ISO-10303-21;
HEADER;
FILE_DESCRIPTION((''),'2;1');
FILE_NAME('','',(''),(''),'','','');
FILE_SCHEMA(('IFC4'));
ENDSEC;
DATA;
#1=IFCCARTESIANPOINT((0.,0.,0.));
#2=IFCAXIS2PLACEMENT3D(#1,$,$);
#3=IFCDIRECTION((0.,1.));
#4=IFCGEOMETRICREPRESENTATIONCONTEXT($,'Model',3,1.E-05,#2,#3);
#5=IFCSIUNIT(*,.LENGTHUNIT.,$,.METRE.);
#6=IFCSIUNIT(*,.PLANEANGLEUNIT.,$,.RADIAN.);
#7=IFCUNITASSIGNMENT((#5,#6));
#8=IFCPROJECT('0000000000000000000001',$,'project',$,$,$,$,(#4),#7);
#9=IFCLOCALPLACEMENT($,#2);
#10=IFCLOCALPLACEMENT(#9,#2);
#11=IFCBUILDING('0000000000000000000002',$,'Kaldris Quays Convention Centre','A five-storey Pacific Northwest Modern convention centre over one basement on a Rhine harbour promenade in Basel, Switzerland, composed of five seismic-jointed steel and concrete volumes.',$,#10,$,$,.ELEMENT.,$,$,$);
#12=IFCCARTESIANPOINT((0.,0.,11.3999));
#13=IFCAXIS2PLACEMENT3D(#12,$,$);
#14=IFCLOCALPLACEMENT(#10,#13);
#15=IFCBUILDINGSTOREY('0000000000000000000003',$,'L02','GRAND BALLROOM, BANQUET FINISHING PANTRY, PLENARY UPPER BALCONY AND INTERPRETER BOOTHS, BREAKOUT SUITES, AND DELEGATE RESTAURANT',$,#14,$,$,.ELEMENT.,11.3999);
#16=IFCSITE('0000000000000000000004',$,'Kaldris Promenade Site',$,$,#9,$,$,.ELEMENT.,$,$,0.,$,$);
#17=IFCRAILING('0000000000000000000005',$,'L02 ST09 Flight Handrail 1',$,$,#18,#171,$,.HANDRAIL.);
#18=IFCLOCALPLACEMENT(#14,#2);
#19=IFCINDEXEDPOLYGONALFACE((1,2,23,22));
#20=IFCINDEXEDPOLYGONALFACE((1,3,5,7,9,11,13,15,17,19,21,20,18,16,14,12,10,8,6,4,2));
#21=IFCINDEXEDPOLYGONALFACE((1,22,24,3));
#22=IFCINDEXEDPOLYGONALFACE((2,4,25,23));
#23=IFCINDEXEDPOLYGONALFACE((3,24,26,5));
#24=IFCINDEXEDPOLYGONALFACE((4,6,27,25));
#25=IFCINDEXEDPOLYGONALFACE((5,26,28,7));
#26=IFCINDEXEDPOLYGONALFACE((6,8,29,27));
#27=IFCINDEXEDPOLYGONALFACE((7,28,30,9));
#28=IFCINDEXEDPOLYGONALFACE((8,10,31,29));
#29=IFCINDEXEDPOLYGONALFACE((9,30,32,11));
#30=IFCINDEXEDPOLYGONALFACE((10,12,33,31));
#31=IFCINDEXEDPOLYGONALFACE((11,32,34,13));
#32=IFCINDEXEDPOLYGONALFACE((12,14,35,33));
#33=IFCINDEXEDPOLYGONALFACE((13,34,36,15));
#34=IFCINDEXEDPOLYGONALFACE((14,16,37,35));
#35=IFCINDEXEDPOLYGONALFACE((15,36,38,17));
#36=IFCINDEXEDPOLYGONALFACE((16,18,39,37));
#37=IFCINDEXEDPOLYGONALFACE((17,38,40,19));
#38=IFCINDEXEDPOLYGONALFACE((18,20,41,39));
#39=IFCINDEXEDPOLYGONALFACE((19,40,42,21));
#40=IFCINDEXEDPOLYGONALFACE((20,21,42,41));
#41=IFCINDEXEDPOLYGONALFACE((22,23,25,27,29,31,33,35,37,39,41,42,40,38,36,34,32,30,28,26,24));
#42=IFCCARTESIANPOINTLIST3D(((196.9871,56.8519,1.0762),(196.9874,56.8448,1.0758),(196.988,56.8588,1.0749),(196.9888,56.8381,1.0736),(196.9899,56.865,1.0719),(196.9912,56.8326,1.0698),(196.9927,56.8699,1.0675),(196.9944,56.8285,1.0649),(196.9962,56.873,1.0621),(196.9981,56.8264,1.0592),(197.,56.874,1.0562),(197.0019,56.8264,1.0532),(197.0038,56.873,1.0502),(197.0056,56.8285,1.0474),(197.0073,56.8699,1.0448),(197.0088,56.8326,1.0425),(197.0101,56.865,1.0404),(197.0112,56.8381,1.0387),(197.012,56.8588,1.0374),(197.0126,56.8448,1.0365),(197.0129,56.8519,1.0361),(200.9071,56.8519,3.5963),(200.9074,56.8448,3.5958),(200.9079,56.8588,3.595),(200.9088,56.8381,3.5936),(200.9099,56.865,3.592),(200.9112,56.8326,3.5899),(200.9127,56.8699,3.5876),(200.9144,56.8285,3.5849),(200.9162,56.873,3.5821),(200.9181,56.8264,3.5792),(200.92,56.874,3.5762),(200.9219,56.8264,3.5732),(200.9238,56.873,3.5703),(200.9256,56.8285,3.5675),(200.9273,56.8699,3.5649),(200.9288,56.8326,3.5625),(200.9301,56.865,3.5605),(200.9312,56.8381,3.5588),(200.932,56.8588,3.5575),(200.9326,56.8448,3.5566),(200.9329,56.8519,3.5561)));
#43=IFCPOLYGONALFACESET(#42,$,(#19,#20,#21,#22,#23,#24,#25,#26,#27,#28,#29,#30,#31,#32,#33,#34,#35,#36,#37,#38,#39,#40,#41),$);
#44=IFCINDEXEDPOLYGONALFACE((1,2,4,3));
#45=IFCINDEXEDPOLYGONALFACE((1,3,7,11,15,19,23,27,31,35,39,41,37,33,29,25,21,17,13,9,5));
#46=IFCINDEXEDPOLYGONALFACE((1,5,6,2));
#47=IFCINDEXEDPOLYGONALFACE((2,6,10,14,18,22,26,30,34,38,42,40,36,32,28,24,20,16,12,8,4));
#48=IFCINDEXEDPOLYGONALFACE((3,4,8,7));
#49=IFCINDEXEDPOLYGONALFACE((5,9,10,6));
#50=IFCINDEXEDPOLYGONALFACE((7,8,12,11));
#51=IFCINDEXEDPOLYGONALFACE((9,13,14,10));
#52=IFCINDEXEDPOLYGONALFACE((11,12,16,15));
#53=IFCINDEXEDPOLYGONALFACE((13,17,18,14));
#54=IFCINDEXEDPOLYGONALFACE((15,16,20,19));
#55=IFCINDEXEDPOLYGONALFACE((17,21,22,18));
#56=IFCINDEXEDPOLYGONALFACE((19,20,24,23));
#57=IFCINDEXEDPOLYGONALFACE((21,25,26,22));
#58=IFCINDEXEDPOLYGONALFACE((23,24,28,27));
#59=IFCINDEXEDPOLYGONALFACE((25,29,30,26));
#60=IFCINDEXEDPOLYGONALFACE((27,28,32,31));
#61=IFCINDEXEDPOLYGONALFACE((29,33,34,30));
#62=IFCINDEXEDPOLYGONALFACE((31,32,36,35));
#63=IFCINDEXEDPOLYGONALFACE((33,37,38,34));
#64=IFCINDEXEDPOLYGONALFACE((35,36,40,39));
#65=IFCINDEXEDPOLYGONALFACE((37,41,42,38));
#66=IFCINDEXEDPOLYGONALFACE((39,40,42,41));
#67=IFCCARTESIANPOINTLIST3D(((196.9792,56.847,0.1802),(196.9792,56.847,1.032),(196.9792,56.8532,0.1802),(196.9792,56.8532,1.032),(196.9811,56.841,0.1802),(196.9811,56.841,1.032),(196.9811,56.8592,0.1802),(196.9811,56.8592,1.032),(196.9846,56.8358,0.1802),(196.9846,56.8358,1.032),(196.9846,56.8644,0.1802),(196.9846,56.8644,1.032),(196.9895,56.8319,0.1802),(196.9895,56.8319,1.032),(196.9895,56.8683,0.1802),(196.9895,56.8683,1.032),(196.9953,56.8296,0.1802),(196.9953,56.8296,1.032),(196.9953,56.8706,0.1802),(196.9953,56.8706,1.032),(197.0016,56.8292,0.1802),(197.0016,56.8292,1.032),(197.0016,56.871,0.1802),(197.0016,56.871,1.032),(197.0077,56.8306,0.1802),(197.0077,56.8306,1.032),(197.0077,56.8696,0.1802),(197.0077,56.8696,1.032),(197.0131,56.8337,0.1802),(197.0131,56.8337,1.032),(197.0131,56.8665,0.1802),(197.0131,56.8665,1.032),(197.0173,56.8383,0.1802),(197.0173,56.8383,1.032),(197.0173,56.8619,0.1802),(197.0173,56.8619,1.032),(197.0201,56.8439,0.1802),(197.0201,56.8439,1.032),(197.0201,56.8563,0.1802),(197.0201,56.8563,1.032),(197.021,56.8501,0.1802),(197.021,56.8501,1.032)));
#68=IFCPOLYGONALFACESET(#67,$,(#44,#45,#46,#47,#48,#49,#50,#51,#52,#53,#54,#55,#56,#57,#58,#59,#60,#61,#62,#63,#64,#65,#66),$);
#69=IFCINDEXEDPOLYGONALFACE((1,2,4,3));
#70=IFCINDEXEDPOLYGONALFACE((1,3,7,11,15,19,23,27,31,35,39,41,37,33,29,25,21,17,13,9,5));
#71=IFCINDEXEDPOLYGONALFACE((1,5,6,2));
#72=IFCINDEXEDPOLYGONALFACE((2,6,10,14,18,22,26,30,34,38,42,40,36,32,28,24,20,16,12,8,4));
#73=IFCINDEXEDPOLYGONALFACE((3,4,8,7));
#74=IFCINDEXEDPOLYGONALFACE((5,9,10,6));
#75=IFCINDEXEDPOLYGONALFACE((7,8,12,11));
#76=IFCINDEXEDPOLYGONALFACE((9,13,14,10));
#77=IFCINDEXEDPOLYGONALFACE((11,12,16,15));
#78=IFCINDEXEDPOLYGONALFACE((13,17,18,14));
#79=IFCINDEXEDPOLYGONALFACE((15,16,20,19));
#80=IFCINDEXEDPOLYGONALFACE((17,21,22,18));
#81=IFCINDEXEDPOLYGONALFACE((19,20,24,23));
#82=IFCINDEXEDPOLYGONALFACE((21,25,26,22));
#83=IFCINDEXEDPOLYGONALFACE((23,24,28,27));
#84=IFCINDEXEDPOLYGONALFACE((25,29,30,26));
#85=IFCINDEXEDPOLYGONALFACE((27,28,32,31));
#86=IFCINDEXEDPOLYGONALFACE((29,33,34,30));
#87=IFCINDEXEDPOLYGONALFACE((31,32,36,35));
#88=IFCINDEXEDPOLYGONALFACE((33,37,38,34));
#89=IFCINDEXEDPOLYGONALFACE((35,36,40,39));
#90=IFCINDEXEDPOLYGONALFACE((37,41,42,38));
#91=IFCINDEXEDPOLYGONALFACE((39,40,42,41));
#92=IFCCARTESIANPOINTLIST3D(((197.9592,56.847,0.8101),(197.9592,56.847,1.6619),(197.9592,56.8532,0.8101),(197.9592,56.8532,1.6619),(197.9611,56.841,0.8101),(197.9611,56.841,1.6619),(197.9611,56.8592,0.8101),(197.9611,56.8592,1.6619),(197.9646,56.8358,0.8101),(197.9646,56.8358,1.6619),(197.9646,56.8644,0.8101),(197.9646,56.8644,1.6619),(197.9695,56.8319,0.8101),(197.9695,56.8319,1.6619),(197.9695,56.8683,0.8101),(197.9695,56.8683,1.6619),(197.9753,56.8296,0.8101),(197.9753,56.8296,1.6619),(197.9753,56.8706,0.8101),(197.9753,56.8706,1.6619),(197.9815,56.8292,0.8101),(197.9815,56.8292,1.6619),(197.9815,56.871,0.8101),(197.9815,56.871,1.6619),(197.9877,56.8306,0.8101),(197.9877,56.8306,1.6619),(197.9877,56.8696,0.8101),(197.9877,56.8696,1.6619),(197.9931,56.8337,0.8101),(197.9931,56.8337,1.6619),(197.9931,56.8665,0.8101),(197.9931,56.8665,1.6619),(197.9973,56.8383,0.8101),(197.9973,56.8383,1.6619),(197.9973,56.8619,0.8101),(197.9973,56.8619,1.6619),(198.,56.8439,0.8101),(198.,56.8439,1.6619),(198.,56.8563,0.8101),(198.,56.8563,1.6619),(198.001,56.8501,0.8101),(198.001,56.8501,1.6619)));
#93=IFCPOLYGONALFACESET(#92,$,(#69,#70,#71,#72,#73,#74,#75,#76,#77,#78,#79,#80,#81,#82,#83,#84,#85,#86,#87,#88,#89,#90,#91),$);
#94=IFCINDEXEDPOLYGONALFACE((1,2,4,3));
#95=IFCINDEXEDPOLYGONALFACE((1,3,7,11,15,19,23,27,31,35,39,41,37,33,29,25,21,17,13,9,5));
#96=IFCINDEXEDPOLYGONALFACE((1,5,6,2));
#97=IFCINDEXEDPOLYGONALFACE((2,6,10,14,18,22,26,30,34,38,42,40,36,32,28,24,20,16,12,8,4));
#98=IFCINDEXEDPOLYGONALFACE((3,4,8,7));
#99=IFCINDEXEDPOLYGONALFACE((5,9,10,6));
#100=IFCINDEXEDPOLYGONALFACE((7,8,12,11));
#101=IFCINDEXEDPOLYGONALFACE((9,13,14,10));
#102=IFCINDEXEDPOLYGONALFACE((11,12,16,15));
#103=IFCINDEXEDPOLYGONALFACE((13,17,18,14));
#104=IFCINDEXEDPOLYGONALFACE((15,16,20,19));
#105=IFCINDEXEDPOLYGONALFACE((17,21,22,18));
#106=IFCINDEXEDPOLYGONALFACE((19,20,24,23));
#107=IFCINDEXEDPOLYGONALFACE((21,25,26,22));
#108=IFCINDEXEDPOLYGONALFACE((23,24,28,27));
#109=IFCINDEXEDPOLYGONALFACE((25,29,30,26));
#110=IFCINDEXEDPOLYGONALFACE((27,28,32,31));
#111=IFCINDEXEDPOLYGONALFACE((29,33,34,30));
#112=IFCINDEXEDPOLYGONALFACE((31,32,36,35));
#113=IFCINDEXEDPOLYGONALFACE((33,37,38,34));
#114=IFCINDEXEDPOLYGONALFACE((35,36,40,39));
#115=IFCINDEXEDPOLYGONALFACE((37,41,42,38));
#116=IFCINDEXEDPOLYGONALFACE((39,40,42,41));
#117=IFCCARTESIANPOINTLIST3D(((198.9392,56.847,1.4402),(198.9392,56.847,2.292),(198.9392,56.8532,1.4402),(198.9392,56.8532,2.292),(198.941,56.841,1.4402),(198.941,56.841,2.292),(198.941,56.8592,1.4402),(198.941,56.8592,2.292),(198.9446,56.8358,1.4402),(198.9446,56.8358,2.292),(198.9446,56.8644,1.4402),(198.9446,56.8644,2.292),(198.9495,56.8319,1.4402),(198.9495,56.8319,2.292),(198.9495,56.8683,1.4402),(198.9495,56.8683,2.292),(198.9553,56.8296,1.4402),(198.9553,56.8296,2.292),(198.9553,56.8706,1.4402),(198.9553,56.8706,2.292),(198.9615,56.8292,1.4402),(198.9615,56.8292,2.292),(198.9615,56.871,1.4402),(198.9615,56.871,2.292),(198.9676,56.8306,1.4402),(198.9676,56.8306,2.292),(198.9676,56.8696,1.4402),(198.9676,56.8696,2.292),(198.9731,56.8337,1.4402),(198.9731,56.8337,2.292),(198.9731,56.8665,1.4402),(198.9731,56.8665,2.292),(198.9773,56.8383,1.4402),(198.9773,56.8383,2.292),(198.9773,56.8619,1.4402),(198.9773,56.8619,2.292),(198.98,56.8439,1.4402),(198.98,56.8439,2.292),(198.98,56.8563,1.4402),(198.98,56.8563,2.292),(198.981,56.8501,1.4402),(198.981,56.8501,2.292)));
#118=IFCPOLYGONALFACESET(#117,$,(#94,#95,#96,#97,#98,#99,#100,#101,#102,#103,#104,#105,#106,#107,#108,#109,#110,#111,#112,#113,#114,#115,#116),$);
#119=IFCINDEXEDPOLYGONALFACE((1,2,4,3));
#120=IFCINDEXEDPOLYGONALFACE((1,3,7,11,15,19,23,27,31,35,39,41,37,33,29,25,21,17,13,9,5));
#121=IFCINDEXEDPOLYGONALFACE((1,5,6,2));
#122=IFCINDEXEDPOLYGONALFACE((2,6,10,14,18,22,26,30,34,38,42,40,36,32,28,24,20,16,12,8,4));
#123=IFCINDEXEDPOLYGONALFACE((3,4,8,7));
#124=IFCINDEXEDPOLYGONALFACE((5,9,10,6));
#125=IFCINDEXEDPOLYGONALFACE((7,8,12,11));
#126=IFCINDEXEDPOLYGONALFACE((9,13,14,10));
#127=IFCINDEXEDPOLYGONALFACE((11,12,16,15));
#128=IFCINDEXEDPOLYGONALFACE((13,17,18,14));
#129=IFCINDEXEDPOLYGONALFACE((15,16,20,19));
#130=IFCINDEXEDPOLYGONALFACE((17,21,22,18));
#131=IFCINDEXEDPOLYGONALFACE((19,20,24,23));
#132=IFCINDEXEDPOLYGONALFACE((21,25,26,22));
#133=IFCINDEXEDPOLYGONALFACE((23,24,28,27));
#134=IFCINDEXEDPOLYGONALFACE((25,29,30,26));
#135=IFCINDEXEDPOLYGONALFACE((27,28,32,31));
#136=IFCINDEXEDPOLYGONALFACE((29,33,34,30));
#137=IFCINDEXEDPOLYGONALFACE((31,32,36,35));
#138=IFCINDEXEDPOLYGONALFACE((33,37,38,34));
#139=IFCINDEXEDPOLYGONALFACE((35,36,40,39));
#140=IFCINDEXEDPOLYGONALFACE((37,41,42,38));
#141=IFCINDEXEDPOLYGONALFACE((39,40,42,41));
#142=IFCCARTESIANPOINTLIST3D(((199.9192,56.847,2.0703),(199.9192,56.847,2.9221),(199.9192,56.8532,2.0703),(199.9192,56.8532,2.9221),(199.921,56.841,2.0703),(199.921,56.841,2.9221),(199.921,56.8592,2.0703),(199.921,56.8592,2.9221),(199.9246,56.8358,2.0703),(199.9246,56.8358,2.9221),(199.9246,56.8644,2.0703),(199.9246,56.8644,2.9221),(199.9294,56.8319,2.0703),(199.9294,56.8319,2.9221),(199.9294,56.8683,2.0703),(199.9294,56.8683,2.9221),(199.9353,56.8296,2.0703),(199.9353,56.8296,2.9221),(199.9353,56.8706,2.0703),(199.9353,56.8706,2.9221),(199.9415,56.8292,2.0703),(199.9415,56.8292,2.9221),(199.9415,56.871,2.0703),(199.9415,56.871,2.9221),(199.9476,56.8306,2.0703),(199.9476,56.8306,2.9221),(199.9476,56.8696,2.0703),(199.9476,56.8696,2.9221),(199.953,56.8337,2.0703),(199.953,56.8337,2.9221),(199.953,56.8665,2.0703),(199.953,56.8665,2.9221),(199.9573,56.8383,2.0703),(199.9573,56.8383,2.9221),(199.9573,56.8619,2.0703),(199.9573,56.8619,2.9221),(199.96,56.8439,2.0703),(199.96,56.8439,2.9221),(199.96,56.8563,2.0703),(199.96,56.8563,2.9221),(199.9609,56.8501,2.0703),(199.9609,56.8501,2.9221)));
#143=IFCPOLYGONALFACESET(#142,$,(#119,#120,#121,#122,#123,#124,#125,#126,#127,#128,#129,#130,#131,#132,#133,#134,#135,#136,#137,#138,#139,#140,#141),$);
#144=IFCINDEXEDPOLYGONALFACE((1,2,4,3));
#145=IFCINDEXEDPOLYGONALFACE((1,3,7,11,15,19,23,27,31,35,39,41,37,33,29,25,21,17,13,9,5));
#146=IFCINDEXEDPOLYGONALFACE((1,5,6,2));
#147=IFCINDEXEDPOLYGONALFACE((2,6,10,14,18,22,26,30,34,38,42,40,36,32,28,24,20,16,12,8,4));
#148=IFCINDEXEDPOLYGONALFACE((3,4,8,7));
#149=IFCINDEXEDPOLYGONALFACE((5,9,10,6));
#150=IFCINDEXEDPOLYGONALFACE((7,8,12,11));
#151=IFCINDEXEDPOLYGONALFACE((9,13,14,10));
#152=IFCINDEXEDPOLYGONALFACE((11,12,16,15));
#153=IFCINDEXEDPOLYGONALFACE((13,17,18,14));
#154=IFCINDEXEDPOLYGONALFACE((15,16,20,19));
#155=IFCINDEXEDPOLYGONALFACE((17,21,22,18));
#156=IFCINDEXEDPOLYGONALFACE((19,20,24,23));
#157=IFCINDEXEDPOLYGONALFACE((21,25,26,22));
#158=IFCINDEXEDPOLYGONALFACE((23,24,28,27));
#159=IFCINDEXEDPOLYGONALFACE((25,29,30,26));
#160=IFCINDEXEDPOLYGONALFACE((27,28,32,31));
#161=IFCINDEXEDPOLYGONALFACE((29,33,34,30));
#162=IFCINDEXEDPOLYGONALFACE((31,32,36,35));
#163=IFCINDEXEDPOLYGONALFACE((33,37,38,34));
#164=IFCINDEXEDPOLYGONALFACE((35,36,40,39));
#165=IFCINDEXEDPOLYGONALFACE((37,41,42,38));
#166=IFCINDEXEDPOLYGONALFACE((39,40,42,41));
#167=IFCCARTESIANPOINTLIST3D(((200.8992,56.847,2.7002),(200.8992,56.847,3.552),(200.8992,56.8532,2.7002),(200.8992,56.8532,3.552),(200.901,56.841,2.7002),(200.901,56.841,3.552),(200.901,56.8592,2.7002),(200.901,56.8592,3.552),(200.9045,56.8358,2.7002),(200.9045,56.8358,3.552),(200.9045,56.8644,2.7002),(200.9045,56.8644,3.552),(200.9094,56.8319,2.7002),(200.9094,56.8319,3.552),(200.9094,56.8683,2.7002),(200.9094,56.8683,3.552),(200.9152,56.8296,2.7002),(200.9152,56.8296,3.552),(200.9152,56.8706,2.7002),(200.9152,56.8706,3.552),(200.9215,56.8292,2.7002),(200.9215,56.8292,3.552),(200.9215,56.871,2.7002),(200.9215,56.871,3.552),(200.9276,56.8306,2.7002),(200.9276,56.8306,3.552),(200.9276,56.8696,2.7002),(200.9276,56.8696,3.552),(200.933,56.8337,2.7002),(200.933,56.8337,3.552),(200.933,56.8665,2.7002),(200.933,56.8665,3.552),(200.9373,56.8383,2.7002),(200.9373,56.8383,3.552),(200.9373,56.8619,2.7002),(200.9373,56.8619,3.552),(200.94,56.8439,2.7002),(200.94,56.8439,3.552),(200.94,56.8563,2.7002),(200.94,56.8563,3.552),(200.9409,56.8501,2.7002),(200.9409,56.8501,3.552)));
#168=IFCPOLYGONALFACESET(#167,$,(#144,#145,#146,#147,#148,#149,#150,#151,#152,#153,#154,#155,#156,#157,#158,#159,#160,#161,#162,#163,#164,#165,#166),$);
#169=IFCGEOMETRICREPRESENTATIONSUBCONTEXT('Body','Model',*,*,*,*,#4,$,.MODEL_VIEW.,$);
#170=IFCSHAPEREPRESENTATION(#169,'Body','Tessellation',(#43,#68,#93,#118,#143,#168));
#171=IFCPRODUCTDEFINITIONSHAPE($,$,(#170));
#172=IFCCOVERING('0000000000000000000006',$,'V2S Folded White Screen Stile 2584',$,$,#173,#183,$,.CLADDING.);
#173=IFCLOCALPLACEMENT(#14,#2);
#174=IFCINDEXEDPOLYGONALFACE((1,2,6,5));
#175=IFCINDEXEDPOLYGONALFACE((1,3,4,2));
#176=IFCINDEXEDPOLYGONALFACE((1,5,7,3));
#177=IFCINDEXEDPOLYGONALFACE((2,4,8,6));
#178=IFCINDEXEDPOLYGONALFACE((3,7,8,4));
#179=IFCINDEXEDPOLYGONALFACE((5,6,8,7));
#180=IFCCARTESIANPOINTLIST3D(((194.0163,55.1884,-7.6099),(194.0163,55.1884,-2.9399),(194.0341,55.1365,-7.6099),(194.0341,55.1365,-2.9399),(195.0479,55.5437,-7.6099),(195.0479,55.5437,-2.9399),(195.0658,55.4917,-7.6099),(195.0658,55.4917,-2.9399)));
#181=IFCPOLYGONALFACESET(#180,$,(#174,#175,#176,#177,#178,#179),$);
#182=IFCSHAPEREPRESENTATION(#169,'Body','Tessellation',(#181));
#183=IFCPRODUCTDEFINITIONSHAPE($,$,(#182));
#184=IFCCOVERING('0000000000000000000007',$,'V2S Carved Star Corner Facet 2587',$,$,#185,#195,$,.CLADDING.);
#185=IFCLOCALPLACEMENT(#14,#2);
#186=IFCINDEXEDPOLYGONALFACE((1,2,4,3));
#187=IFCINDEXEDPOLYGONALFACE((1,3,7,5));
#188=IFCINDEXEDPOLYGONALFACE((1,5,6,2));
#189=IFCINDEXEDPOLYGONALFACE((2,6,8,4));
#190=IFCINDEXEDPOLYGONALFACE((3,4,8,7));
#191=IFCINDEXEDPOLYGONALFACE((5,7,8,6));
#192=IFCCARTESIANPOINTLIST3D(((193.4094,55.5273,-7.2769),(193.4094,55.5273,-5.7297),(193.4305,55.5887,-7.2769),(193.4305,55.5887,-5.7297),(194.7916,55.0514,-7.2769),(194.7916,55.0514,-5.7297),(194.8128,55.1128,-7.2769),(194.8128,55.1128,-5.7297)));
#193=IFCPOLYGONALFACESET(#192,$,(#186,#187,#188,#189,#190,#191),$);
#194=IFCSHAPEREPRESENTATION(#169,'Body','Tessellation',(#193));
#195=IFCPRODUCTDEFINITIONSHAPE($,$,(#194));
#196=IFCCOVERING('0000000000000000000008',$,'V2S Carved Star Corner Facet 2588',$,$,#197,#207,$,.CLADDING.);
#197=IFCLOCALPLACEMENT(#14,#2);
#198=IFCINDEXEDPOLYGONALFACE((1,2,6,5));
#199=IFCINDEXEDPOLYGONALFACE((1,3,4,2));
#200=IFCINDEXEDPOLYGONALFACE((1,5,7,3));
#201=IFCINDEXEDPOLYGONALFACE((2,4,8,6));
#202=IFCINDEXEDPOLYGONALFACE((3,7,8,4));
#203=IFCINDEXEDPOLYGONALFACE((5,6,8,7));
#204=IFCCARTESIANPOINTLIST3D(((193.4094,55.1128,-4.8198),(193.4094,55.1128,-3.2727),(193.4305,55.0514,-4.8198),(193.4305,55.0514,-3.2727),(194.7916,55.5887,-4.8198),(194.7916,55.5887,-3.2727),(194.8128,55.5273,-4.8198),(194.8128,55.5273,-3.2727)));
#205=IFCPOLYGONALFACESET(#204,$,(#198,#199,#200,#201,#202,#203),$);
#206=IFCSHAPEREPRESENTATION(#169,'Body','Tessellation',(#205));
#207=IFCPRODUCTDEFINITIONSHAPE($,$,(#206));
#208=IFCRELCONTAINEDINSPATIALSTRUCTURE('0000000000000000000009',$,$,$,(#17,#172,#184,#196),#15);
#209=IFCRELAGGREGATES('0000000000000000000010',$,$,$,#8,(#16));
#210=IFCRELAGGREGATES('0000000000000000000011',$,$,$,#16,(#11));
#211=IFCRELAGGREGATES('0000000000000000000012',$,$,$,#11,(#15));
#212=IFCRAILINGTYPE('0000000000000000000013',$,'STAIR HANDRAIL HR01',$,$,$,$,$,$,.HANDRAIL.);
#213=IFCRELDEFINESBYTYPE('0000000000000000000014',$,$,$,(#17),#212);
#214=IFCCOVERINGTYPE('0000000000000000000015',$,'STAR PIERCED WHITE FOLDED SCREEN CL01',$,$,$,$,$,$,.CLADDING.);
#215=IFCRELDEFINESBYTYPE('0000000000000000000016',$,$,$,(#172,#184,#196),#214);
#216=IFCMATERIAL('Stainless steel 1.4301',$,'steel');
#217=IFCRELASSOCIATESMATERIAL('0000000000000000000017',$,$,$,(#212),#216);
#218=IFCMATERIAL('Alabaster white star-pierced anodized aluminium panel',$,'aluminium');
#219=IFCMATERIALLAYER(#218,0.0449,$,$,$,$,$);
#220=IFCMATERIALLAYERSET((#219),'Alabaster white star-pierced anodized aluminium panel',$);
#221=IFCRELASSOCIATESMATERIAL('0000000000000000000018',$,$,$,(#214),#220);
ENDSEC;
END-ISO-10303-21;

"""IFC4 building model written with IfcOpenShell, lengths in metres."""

from ifc_helpers import new_model, si_unit, direction, frame, origin, origin_2d, place, context, subcontext, project, spatial, rectangle, circle, extrude, material, layer, layer_set, type_object, element, save


model = new_model("IFC4")

# Units and contexts
model_context = context("Model", 3, precision=1e-05, world=origin(), true_north=direction((0.0, 1.0)))
body_context = subcontext(model_context, "Body", "Model", "MODEL_VIEW")
ifc_project = project(units=[si_unit("LENGTHUNIT", "METRE"), si_unit("PLANEANGLEUNIT", "RADIAN")], contexts=[model_context])

# Site, building, storey
site_placement = place(None, origin())
site = spatial("IfcSite", under=ifc_project, at=site_placement, Name="Kaldris Promenade Site", CompositionType="ELEMENT", RefElevation=0.0)
building_placement = place(site_placement, origin())
building = spatial("IfcBuilding", under=site, at=building_placement, Name="Kaldris Quays Convention Centre", Description="A five-storey Pacific Northwest Modern convention centre over one basement on a Rhine harbour promenade in Basel, Switzerland, composed of five seismic-jointed steel and concrete volumes.", CompositionType="ELEMENT")
storey_placement = place(building_placement, frame((0.0, 0.0, 11.3999)))
storey = spatial("IfcBuildingStorey", under=building, at=storey_placement, Name="L02", Description="GRAND BALLROOM, BANQUET FINISHING PANTRY, PLENARY UPPER BALCONY AND INTERPRETER BOOTHS, BREAKOUT SUITES, AND DELEGATE RESTAURANT", CompositionType="ELEMENT", Elevation=11.3999)

# Railing
ifc_material_1 = material(Name="Stainless steel 1.4301", Category="steel")
railing_type_1 = type_object("IfcRailingType", Name="STAIR HANDRAIL HR01", PredefinedType="HANDRAIL", material=ifc_material_1)
railing_1_placement = place(storey_placement, frame((197.0, 56.8501, 0.1802)))
element("IfcRailing", 1, at=railing_1_placement, inside=storey, type_object=railing_type_1, Name="L02 ST09 Flight Handrail 1", PredefinedType="HANDRAIL", context=body_context, shape_type="SweptSolid", body=[
    extrude(circle(Radius=0.0239, at=origin_2d()), frame((0.0, 0.0, 0.876), z_axis=(0.841172, 0.0, 0.540768), x_axis=(0.0, 1.0, 0.0)), (0.0, 0.0, 1.0), 4.6602),
    extrude(circle(Radius=0.021, at=origin_2d()), origin(), (0.0, 0.0, 1.0), 0.8518),
    extrude(circle(Radius=0.021, at=origin_2d()), frame((0.98, 0.0, 0.6299)), (0.0, 0.0, 1.0), 0.8518),
    extrude(circle(Radius=0.021, at=origin_2d()), frame((1.96, 0.0, 1.26)), (0.0, 0.0, 1.0), 0.8518),
    extrude(circle(Radius=0.021, at=origin_2d()), frame((2.9399, 0.0, 1.8901)), (0.0, 0.0, 1.0), 0.8518),
    extrude(circle(Radius=0.021, at=origin_2d()), frame((3.9199, 0.0, 2.52)), (0.0, 0.0, 1.0), 0.8518),
])

# Coverings
ifc_material_2 = material(Name="Alabaster white star-pierced anodized aluminium panel", Category="aluminium")
ifc_layer_1 = layer(ifc_material_2, 0.0449)
ifc_layer_set_1 = layer_set([ifc_layer_1], Name="Alabaster white star-pierced anodized aluminium panel")
covering_type = type_object("IfcCoveringType", Name="STAR PIERCED WHITE FOLDED SCREEN CL01", PredefinedType="CLADDING", material=ifc_layer_set_1)
covering_1_placement = place(storey_placement, frame((194.541, 55.3401, -7.6099), z_axis=(0.0, 0.0, 1.0), x_axis=(0.945519, 0.325568, 0.0)))
element("IfcCovering", 2, at=covering_1_placement, inside=storey, type_object=covering_type, Name="V2S Folded White Screen Stile 2584", PredefinedType="CLADDING", context=body_context, shape_type="SweptSolid", body=[
    extrude(rectangle(XDim=1.0911, YDim=0.0549, at=origin_2d()), origin(), (0.0, 0.0, 1.0), 4.6699),
])
for number, where, z_axis, x_axis, name in (
    (3, (194.1111, 55.3201, -7.2769), (0.0, 0.0, 1.0), (0.945519, -0.325568, 0.0), "V2S Carved Star Corner Facet 2587"),
    (4, (194.1111, 55.3201, -4.8198), (0.0, 0.0, 1.0), (0.945519, 0.325568, 0.0), "V2S Carved Star Corner Facet 2588"),
):
    element("IfcCovering", number, at=place(storey_placement, frame(where, z_axis=z_axis, x_axis=x_axis)), inside=storey, type_object=covering_type, Name=name, PredefinedType="CLADDING", context=body_context, shape_type="SweptSolid", body=[
        extrude(rectangle(XDim=1.4619, YDim=0.0649, at=origin_2d()), origin(), (0.0, 0.0, 1.0), 1.5471),
    ])

save(model, "model.ifc")
